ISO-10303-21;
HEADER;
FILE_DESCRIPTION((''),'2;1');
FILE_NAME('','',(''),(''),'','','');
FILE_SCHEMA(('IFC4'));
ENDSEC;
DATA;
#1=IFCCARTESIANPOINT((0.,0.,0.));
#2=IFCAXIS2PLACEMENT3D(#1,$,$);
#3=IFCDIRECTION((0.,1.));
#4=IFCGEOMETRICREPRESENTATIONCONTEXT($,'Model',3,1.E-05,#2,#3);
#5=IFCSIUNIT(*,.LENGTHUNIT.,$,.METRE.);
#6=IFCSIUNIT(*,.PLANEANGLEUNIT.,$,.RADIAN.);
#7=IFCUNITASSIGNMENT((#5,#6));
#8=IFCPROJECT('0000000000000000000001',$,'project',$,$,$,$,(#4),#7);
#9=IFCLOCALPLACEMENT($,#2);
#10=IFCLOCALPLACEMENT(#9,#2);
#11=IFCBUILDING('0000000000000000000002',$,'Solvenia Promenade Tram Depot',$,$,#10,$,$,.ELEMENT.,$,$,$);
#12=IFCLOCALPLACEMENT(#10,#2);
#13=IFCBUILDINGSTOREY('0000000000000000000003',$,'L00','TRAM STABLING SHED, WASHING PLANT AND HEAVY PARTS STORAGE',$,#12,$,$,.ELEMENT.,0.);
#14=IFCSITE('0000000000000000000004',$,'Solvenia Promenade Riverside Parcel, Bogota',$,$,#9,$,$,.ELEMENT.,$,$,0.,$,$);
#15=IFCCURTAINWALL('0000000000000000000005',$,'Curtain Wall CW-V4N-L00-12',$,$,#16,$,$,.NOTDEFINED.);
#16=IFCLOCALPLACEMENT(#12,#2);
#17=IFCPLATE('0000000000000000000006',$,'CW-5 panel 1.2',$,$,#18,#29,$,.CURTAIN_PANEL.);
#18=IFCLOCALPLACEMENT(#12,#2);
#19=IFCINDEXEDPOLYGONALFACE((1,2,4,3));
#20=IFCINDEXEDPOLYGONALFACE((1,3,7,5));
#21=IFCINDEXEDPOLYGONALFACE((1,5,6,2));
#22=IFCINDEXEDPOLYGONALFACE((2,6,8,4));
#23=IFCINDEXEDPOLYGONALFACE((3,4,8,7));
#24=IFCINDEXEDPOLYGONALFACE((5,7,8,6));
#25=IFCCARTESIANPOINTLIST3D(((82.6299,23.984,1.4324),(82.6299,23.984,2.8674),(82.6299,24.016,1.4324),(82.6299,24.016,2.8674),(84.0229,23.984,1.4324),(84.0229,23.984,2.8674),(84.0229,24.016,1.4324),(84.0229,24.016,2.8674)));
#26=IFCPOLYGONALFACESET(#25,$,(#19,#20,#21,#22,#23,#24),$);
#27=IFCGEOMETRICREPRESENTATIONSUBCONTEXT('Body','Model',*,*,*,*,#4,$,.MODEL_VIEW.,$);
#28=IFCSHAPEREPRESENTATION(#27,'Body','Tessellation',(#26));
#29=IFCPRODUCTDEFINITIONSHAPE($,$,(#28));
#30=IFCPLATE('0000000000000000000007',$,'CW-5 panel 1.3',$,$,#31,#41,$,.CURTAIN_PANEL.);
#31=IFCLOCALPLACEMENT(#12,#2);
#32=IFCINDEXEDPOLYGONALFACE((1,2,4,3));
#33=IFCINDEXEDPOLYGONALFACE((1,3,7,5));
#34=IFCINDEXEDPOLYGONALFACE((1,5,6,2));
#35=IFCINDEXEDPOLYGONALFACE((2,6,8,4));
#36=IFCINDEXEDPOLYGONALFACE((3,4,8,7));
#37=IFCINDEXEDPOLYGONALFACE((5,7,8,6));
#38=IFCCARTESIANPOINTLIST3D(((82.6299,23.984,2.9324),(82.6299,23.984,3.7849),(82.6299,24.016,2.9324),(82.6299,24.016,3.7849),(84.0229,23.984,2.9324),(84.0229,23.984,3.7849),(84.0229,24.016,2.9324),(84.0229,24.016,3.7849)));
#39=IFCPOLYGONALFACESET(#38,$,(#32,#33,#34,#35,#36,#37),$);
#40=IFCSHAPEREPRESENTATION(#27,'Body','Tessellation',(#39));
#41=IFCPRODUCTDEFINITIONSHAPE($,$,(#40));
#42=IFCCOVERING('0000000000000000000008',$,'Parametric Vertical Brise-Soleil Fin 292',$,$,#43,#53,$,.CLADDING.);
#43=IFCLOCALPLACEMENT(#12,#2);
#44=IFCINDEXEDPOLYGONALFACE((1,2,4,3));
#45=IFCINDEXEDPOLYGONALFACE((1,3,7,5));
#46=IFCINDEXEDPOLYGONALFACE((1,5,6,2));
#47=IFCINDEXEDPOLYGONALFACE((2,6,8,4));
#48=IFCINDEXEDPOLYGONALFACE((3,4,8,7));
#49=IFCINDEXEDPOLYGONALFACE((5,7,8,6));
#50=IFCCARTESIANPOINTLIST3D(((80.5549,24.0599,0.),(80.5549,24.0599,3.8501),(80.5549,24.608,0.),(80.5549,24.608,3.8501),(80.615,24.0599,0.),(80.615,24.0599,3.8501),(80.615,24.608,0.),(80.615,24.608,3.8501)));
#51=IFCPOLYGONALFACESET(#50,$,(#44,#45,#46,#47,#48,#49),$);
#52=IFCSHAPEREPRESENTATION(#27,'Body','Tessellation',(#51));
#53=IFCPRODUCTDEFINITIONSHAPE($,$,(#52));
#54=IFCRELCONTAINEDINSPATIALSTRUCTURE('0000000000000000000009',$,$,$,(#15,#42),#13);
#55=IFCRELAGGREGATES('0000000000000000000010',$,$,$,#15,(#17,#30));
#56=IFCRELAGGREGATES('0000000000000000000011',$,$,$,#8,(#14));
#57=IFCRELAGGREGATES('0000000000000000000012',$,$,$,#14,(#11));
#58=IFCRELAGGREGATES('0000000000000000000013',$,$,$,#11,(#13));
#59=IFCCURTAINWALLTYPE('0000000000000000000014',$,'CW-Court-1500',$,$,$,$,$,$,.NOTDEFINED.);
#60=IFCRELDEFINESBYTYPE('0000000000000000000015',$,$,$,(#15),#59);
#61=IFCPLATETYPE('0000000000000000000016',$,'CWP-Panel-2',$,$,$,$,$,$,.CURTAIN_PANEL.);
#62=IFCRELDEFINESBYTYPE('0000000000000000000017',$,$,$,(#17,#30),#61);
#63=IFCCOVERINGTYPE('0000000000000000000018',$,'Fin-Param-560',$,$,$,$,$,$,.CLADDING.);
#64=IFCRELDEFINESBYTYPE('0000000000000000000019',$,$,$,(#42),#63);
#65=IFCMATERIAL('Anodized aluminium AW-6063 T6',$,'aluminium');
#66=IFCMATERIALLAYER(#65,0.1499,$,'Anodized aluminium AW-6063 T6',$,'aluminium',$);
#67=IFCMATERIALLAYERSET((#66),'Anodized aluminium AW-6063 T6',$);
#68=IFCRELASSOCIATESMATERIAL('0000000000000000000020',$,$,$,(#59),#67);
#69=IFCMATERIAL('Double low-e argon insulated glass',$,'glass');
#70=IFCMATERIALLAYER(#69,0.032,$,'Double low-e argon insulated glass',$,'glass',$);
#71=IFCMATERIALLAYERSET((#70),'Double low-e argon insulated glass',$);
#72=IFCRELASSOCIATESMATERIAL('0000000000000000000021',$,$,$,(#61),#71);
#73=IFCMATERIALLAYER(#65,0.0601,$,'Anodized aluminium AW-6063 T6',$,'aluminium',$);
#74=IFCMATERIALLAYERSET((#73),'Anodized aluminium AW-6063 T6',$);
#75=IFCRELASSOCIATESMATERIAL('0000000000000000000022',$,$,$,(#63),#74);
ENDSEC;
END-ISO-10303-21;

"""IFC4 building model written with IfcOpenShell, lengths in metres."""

from ifc_helpers import new_model, si_unit, direction, frame, origin, origin_2d, place, context, subcontext, project, spatial, rectangle, extrude, material, layer, layer_set, type_object, element, aggregate, save


model = new_model("IFC4")

# Units and contexts
model_context = context("Model", 3, precision=1e-05, world=origin(), true_north=direction((0.0, 1.0)))
body_context = subcontext(model_context, "Body", "Model", "MODEL_VIEW")
ifc_project = project(units=[si_unit("LENGTHUNIT", "METRE"), si_unit("PLANEANGLEUNIT", "RADIAN")], contexts=[model_context])

# Site, building, storey
site_placement = place(None, origin())
site = spatial("IfcSite", under=ifc_project, at=site_placement, Name="Solvenia Promenade Riverside Parcel, Bogota", CompositionType="ELEMENT", RefElevation=0.0)
building_placement = place(site_placement, origin())
building = spatial("IfcBuilding", under=site, at=building_placement, Name="Solvenia Promenade Tram Depot", CompositionType="ELEMENT")
storey_placement = place(building_placement, origin())
storey = spatial("IfcBuildingStorey", under=building, at=storey_placement, Name="L00", Description="TRAM STABLING SHED, WASHING PLANT AND HEAVY PARTS STORAGE", CompositionType="ELEMENT", Elevation=0.0)

# Curtain wall
ifc_material_1 = material(Name="Anodized aluminium AW-6063 T6", Category="aluminium")
ifc_layer_1 = layer(ifc_material_1, 0.1499, Name="Anodized aluminium AW-6063 T6", Category="aluminium")
ifc_layer_set_1 = layer_set([ifc_layer_1], Name="Anodized aluminium AW-6063 T6")
curtain_wall_type = type_object("IfcCurtainWallType", Name="CW-Court-1500", PredefinedType="NOTDEFINED", material=ifc_layer_set_1)
curtain_wall_1_placement = place(storey_placement, origin())
curtain_wall_1 = element("IfcCurtainWall", 1, at=curtain_wall_1_placement, inside=storey, type_object=curtain_wall_type, Name="Curtain Wall CW-V4N-L00-12", PredefinedType="NOTDEFINED")

# Plates
ifc_material_2 = material(Name="Double low-e argon insulated glass", Category="glass")
ifc_layer_2 = layer(ifc_material_2, 0.032, Name="Double low-e argon insulated glass", Category="glass")
ifc_layer_set_2 = layer_set([ifc_layer_2], Name="Double low-e argon insulated glass")
plate_type = type_object("IfcPlateType", Name="CWP-Panel-2", PredefinedType="CURTAIN_PANEL", material=ifc_layer_set_2)
plate_1_placement = place(storey_placement, frame((83.3264, 24.0, 1.4324), z_axis=(0.0, 0.0, 1.0), x_axis=(1.0, 0.0, 0.0)))
plate_1 = element("IfcPlate", 2, at=plate_1_placement, type_object=plate_type, Name="CW-5 panel 1.2", PredefinedType="CURTAIN_PANEL", context=body_context, shape_type="SweptSolid", body=[
    extrude(rectangle(XDim=1.3931, YDim=0.032, at=origin_2d()), origin(), (0.0, 0.0, 1.0), 1.4351),
])
plate_2_placement = place(storey_placement, frame((83.3264, 24.0, 2.9324), z_axis=(0.0, 0.0, 1.0), x_axis=(1.0, 0.0, 0.0)))
plate_2 = element("IfcPlate", 3, at=plate_2_placement, type_object=plate_type, Name="CW-5 panel 1.3", PredefinedType="CURTAIN_PANEL", context=body_context, shape_type="SweptSolid", body=[
    extrude(rectangle(XDim=1.3931, YDim=0.032, at=origin_2d()), origin(), (0.0, 0.0, 1.0), 0.8525),
])
aggregate(curtain_wall_1, [plate_1, plate_2])

# Covering
ifc_layer_3 = layer(ifc_material_1, 0.0601, Name="Anodized aluminium AW-6063 T6", Category="aluminium")
ifc_layer_set_3 = layer_set([ifc_layer_3], Name="Anodized aluminium AW-6063 T6")
covering_type = type_object("IfcCoveringType", Name="Fin-Param-560", PredefinedType="CLADDING", material=ifc_layer_set_3)
covering_placement = place(storey_placement, frame((80.585, 24.334, 0.0), z_axis=(0.0, 0.0, 1.0), x_axis=(1.0, 0.0, 0.0)))
element("IfcCovering", 4, at=covering_placement, inside=storey, type_object=covering_type, Name="Parametric Vertical Brise-Soleil Fin 292", PredefinedType="CLADDING", context=body_context, shape_type="SweptSolid", body=[
    extrude(rectangle(XDim=0.0601, YDim=0.5481, at=origin_2d()), origin(), (0.0, 0.0, 1.0), 3.8501),
])

save(model, "model.ifc")
